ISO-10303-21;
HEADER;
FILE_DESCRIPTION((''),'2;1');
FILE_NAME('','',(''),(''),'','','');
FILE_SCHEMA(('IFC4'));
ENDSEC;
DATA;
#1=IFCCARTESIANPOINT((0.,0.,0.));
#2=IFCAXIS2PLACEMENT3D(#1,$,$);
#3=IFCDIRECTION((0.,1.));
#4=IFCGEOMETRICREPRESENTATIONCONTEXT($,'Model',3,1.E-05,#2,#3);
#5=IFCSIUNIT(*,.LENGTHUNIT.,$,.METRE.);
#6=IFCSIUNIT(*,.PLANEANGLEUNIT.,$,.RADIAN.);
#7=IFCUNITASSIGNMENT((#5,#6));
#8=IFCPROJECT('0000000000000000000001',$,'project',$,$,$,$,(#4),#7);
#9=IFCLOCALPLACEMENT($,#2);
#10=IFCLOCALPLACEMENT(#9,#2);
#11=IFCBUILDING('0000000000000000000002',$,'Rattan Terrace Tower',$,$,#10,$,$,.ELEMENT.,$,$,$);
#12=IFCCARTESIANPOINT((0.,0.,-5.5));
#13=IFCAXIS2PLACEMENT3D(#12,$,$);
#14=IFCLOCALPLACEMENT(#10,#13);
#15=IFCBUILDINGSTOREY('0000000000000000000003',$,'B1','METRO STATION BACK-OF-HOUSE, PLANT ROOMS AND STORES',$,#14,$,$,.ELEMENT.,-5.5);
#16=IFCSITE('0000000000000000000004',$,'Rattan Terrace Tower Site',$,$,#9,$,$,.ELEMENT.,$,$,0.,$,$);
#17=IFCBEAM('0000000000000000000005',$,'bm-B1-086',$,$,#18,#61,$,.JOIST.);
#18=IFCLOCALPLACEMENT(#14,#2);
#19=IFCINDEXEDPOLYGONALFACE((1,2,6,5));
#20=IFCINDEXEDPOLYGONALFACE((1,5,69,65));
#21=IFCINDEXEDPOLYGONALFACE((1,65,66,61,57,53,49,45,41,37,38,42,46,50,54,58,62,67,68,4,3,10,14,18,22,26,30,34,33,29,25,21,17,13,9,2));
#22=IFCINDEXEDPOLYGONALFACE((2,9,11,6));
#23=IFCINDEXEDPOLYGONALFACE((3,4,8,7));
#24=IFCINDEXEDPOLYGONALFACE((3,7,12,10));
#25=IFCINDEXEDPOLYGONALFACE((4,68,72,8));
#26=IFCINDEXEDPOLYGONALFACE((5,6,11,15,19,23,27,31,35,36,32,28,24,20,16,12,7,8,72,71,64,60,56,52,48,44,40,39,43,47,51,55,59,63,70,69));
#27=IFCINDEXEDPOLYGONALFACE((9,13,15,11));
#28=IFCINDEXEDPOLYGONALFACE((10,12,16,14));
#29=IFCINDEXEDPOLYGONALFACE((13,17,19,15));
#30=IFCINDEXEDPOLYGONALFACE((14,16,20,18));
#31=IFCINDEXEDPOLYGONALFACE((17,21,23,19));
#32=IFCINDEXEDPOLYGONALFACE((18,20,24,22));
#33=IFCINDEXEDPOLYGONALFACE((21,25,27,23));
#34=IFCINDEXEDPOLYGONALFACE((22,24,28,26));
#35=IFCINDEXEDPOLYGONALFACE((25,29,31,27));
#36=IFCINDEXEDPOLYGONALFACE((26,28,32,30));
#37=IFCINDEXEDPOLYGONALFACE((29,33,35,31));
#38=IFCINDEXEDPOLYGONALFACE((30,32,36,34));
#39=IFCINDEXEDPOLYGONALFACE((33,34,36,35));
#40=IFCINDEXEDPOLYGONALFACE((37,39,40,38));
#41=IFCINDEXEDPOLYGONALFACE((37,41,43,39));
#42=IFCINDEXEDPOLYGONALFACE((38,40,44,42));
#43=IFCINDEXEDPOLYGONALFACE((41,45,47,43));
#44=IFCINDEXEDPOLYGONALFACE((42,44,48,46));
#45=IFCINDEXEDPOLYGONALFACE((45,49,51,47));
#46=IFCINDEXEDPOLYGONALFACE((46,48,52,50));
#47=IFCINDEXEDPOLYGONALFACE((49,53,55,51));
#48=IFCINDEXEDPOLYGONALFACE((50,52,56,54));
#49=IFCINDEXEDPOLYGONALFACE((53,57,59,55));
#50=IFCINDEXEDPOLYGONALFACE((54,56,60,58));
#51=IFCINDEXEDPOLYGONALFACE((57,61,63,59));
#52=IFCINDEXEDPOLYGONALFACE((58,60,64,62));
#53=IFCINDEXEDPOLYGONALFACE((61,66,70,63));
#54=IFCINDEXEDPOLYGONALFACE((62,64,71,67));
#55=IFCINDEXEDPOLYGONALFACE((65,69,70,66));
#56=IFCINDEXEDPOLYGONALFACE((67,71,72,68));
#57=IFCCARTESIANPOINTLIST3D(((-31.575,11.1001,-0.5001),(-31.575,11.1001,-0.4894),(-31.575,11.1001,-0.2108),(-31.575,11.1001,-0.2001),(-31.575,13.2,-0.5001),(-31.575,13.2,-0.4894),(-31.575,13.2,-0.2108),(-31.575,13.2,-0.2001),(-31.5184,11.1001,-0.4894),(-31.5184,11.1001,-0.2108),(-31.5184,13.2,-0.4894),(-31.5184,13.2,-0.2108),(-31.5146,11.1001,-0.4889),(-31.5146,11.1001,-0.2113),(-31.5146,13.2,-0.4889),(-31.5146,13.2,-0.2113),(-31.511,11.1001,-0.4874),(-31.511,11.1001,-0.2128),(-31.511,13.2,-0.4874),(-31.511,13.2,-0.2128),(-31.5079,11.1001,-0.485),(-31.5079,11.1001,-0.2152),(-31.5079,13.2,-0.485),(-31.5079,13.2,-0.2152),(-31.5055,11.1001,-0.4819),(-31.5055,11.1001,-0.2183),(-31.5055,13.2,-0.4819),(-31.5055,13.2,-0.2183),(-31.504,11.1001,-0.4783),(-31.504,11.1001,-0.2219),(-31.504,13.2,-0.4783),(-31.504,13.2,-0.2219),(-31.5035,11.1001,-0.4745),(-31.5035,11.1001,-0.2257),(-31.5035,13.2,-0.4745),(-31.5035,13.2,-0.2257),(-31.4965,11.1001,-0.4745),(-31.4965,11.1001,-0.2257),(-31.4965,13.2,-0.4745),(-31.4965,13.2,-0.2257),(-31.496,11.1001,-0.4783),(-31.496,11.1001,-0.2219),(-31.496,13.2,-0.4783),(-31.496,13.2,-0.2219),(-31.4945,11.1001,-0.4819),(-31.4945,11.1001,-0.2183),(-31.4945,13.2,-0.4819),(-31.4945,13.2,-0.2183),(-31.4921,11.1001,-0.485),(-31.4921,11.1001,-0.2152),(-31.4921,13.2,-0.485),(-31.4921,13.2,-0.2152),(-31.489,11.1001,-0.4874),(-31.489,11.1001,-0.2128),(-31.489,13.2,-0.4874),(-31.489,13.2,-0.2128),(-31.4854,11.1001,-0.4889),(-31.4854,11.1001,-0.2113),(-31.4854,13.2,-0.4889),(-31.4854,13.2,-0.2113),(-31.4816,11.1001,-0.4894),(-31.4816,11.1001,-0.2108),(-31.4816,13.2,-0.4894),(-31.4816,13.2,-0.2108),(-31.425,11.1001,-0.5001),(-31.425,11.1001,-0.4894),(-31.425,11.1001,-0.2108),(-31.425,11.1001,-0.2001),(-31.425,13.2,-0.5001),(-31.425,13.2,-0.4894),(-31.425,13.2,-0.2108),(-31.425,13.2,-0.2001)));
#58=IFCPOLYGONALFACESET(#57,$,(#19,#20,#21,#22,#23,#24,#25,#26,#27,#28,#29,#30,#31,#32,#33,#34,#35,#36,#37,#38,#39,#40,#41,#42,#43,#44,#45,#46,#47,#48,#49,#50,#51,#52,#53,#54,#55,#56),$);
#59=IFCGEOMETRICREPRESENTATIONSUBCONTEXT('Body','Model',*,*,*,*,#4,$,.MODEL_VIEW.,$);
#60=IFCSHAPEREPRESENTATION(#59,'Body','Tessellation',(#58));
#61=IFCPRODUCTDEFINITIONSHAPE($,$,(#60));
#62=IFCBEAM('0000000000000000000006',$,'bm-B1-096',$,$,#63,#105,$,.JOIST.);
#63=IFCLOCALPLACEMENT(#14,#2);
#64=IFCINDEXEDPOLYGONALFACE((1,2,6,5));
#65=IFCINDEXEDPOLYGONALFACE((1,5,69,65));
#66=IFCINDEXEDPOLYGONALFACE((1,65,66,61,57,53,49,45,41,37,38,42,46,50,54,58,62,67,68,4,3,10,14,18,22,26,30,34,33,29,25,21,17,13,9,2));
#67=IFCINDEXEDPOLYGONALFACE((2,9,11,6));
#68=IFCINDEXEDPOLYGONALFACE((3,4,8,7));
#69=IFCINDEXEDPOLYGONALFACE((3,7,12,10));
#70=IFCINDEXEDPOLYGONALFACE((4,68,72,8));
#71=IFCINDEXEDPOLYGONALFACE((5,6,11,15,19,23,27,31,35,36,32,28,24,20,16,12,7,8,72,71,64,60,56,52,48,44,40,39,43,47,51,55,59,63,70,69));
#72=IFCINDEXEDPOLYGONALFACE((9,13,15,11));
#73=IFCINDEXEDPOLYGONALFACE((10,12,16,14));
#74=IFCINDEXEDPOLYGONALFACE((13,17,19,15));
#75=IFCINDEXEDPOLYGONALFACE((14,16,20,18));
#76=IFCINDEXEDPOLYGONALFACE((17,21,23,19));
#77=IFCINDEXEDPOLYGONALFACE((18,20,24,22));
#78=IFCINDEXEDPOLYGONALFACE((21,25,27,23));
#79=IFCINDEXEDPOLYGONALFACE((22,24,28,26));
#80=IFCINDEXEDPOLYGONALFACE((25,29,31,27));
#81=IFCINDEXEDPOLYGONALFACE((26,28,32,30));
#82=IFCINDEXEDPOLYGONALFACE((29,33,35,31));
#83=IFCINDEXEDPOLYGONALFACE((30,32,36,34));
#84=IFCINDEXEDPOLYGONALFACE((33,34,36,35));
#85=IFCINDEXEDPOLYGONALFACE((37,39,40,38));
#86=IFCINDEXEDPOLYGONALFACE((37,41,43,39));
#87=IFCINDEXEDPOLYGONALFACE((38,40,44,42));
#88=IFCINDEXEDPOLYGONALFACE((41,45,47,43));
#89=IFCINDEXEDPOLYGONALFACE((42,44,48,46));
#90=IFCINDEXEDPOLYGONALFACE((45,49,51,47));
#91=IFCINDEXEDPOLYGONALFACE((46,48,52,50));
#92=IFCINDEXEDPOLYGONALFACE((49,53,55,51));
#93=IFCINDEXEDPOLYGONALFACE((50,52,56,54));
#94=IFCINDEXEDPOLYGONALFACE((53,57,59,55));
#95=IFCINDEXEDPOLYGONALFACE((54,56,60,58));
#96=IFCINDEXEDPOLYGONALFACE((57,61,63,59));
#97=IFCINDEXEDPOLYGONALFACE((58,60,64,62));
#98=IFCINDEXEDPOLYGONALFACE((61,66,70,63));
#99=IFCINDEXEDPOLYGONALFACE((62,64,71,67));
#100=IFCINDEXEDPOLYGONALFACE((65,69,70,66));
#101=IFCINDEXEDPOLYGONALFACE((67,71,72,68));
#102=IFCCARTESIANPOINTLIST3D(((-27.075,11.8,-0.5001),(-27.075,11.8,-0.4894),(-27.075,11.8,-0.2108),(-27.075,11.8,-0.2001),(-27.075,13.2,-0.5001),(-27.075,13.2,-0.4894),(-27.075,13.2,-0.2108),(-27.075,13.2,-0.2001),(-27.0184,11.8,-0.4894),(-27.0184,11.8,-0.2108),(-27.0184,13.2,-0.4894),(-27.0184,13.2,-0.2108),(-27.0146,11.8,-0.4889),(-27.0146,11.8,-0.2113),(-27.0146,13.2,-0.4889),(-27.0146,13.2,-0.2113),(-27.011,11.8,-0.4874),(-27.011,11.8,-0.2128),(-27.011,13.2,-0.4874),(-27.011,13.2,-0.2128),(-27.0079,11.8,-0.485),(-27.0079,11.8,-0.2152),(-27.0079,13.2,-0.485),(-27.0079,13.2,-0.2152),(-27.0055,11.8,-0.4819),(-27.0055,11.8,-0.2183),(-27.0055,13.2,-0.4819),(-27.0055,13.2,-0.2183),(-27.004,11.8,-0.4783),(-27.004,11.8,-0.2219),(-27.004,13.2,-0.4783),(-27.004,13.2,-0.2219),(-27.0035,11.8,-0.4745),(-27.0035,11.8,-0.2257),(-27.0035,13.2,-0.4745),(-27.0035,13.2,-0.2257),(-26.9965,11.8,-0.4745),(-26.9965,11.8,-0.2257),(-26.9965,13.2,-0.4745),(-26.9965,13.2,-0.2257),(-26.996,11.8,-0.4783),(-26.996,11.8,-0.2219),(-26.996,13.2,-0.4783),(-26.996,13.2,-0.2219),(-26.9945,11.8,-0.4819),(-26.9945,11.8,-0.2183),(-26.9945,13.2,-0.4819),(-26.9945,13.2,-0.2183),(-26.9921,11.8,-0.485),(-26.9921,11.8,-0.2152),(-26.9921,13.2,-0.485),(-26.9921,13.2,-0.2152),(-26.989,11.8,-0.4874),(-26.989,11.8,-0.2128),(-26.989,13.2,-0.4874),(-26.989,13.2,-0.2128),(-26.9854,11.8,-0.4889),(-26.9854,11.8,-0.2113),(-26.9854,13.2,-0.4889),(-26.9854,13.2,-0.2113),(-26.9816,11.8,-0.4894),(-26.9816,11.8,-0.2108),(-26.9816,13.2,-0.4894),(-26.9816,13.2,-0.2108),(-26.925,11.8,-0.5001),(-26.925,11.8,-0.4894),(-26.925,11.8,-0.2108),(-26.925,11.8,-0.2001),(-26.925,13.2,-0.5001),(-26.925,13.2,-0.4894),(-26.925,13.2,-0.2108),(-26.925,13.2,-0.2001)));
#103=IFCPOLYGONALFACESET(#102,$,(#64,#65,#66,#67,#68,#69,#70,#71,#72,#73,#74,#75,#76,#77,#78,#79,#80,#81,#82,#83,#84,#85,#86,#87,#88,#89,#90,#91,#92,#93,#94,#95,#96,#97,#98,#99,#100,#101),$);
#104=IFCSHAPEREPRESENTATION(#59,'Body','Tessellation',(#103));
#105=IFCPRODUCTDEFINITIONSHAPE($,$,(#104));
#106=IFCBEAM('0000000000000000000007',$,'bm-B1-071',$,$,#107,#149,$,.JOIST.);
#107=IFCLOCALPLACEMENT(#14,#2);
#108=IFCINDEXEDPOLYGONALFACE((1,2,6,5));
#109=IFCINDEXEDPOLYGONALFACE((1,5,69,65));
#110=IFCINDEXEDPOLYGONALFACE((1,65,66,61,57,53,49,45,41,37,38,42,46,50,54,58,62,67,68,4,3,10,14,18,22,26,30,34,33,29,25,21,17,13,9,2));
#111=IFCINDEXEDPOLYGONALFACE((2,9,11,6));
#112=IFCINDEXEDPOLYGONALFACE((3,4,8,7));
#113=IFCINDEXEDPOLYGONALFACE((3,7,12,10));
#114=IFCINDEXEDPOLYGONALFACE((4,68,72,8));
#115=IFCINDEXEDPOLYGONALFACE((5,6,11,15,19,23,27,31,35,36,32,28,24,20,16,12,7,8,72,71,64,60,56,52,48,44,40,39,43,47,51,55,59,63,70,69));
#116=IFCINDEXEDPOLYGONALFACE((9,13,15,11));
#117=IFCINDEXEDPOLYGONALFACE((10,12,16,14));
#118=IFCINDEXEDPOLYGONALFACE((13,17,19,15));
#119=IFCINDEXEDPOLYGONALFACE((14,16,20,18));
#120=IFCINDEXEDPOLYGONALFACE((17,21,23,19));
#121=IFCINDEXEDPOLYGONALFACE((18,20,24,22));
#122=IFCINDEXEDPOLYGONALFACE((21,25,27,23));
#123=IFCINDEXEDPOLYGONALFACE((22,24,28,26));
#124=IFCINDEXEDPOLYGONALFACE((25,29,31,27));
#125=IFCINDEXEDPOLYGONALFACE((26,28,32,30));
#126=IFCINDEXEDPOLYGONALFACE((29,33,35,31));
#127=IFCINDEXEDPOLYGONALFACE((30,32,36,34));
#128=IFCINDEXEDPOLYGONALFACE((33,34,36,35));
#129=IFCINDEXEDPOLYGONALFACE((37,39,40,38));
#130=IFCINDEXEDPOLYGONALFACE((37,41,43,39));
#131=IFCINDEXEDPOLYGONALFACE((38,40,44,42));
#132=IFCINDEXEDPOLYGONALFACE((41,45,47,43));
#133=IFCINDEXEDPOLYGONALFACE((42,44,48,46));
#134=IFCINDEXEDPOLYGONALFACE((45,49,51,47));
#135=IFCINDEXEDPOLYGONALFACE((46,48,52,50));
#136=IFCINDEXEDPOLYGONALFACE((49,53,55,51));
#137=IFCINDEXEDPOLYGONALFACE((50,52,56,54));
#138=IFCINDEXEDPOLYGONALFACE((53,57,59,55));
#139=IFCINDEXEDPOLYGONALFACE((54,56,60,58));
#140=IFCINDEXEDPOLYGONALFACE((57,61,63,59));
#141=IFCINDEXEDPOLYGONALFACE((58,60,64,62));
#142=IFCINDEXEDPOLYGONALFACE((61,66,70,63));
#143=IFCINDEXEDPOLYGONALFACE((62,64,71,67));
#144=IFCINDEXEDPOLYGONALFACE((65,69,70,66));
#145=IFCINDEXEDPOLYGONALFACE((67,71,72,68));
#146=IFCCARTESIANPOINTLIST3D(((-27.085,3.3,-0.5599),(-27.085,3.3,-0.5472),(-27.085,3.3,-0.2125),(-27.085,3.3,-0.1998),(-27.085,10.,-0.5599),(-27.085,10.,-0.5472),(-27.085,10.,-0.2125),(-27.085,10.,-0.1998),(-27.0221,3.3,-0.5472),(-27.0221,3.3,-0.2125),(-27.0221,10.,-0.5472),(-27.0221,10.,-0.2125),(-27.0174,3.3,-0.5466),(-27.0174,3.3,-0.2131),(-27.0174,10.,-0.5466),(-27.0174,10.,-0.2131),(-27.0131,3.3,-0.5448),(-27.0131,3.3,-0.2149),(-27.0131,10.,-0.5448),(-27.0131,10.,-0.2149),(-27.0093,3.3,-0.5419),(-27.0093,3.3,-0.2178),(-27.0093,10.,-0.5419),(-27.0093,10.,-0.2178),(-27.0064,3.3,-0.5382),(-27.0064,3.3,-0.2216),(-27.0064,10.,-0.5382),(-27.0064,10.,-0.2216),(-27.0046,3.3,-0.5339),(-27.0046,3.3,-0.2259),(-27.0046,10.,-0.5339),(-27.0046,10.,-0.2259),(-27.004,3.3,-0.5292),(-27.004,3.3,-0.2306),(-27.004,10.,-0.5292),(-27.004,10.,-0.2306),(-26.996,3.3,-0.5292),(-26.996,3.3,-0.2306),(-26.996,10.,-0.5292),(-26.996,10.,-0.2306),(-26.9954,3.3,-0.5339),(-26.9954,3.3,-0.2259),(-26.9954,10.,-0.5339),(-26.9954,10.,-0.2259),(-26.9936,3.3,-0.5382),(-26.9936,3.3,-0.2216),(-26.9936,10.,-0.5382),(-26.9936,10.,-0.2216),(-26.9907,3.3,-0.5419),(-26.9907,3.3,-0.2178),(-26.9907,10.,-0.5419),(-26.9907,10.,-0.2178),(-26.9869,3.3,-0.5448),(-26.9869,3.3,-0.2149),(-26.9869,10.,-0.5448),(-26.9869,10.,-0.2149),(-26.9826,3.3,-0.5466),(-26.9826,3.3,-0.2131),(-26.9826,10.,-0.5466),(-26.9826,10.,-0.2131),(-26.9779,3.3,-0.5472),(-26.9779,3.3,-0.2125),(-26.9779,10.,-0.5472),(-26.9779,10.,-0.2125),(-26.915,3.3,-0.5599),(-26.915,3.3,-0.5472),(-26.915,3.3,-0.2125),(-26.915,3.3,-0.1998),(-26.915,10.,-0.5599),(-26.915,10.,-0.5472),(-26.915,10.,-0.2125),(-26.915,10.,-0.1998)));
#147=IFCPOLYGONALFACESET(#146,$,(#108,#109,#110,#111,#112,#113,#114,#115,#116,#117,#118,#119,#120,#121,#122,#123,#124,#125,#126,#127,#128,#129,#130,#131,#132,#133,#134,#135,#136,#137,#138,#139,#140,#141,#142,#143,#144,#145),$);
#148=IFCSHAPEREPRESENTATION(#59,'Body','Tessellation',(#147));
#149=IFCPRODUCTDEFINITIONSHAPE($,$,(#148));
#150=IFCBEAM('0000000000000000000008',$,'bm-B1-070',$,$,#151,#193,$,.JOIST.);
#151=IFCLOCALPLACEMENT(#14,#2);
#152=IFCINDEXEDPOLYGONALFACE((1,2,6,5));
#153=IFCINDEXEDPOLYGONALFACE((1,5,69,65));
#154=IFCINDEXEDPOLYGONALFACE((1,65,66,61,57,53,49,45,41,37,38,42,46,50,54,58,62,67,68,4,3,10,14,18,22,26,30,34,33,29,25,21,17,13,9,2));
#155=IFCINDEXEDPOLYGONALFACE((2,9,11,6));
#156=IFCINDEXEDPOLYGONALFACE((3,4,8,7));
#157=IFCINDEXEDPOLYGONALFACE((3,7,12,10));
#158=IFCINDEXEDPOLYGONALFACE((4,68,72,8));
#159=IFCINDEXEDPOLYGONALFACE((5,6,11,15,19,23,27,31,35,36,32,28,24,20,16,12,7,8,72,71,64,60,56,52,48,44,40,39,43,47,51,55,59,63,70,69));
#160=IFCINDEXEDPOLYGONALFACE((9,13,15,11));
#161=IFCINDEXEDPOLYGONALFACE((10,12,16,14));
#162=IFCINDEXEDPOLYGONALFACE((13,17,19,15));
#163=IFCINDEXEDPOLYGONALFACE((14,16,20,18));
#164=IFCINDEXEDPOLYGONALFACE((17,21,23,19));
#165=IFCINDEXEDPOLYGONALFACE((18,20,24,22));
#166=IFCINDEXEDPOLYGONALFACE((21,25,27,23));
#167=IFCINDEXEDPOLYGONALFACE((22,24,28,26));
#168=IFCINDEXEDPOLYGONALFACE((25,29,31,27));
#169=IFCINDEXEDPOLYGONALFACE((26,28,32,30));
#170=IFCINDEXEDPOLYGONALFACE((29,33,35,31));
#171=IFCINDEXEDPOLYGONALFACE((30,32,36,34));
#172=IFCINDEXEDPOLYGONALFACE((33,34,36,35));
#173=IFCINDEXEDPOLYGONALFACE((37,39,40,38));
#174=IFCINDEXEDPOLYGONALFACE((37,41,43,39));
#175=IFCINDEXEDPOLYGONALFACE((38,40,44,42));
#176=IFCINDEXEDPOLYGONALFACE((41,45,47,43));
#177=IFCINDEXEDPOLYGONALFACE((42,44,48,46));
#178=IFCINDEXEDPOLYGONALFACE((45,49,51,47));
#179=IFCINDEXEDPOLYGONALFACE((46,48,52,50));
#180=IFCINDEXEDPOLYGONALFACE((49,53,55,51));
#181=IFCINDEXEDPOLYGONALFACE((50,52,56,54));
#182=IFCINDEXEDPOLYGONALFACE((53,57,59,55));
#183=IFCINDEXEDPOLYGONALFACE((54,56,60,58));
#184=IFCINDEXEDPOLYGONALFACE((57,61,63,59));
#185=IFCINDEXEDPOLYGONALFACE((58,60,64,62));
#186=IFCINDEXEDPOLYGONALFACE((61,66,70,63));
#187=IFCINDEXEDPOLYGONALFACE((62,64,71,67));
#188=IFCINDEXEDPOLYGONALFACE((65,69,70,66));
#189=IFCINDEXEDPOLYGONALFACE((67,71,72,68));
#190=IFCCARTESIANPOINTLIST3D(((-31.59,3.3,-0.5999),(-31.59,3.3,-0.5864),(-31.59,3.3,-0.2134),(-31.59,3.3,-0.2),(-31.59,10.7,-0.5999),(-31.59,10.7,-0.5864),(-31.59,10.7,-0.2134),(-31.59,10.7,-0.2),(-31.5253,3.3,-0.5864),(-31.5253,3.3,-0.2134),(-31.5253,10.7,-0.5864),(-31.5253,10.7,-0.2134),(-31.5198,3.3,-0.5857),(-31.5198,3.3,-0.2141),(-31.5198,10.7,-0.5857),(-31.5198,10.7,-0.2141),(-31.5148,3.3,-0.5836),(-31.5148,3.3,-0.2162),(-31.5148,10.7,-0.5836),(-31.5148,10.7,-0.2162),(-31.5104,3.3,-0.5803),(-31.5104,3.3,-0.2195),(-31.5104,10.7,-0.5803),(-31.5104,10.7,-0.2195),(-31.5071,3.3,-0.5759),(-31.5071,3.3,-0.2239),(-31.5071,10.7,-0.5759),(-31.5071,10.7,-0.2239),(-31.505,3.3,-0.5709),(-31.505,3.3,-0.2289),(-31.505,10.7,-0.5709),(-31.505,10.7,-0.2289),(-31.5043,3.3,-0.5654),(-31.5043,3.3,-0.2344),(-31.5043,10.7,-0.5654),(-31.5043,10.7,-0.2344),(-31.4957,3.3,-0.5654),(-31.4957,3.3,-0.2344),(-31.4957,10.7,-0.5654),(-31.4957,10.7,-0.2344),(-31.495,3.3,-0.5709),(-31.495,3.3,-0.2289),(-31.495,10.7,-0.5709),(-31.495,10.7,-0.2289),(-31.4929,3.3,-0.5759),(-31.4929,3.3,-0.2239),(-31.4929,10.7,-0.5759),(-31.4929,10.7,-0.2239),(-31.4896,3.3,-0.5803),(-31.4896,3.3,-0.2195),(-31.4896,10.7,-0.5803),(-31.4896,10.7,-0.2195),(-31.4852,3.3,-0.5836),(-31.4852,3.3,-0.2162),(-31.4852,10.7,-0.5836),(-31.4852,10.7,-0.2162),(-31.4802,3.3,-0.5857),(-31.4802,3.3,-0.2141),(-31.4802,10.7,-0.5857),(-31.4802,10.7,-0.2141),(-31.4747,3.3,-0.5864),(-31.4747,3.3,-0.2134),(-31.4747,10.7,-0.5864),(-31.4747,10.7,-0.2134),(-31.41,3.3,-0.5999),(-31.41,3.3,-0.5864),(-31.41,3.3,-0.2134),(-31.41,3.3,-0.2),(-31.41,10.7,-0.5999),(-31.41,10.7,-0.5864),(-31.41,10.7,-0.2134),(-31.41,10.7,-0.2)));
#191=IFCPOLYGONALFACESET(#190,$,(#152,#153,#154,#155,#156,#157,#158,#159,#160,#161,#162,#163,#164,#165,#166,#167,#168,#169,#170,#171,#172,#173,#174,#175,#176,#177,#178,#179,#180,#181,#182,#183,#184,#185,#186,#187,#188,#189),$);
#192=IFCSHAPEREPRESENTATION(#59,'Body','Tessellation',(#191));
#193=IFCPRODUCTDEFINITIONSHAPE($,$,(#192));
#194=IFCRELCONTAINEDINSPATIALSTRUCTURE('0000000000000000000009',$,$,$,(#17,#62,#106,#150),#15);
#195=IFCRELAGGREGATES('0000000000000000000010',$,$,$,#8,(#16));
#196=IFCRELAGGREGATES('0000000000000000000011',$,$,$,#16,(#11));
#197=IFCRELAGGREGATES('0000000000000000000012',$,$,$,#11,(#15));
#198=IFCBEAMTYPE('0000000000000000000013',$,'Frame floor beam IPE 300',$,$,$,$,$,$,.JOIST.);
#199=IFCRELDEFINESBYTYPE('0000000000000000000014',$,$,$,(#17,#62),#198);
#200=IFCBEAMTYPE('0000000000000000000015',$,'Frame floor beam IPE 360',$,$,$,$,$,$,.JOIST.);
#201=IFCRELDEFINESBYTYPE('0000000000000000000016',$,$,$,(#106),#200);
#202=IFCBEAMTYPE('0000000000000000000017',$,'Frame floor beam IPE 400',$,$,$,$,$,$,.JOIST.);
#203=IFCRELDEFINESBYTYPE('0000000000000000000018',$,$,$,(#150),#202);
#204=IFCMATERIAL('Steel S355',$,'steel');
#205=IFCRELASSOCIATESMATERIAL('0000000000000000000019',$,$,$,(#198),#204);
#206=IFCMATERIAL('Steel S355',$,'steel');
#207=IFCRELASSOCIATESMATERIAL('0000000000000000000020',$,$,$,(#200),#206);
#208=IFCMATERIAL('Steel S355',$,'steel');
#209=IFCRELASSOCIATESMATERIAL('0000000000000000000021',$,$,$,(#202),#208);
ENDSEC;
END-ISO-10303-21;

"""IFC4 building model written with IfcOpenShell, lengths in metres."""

from ifc_helpers import new_model, si_unit, direction, frame, origin, origin_2d, place, context, subcontext, project, spatial, i_section, extrude, material, material_profile, profile_set, type_object, element, save


model = new_model("IFC4")

# Units and contexts
model_context = context("Model", 3, precision=1e-05, world=origin(), true_north=direction((0.0, 1.0)))
body_context = subcontext(model_context, "Body", "Model", "MODEL_VIEW")
ifc_project = project(units=[si_unit("LENGTHUNIT", "METRE"), si_unit("PLANEANGLEUNIT", "RADIAN")], contexts=[model_context])

# Site, building, storey
site_placement = place(None, origin())
site = spatial("IfcSite", under=ifc_project, at=site_placement, Name="Rattan Terrace Tower Site", CompositionType="ELEMENT", RefElevation=0.0)
building_placement = place(site_placement, origin())
building = spatial("IfcBuilding", under=site, at=building_placement, Name="Rattan Terrace Tower", CompositionType="ELEMENT")
storey_placement = place(building_placement, frame((0.0, 0.0, -5.5)))
storey = spatial("IfcBuildingStorey", under=building, at=storey_placement, Name="B1", Description="METRO STATION BACK-OF-HOUSE, PLANT ROOMS AND STORES", CompositionType="ELEMENT", Elevation=-5.5)

# Beams
ifc_material_1 = material(Name="Steel S355", Category="steel")
ifc_material_profile_1 = material_profile(ifc_material_1, i_section(OverallWidth=0.1499, OverallDepth=0.3, WebThickness=0.0071, FlangeThickness=0.0107, FilletRadius=0.0149, at=origin_2d()), Name="IPE 300")
ifc_profile_set_1 = profile_set([ifc_material_profile_1], Name="Steel S355")
beam_type_1 = type_object("IfcBeamType", Name="Frame floor beam IPE 300", PredefinedType="JOIST", material=ifc_profile_set_1)
beam_1_placement = place(storey_placement, frame((-31.5, 11.1001, -0.3501), z_axis=(0.0, 1.0, 0.0), x_axis=(-1.0, 0.0, 0.0)))
element("IfcBeam", 1, at=beam_1_placement, inside=storey, type_object=beam_type_1, Name="bm-B1-086", PredefinedType="JOIST", context=body_context, shape_type="SweptSolid", body=[
    extrude(i_section(OverallWidth=0.1499, OverallDepth=0.3, WebThickness=0.0071, FlangeThickness=0.0107, FilletRadius=0.0149, at=origin_2d()), origin(), (0.0, 0.0, 1.0), 2.0999),
])
beam_2_placement = place(storey_placement, frame((-27.0, 11.8, -0.3501), z_axis=(0.0, 1.0, 0.0), x_axis=(-1.0, 0.0, 0.0)))
element("IfcBeam", 2, at=beam_2_placement, inside=storey, type_object=beam_type_1, Name="bm-B1-096", PredefinedType="JOIST", context=body_context, shape_type="SweptSolid", body=[
    extrude(i_section(OverallWidth=0.1499, OverallDepth=0.3, WebThickness=0.0071, FlangeThickness=0.0107, FilletRadius=0.0149, at=origin_2d()), origin(), (0.0, 0.0, 1.0), 1.3999),
])
ifc_material_2 = material(Name="Steel S355", Category="steel")
ifc_material_profile_2 = material_profile(ifc_material_2, i_section(OverallWidth=0.1699, OverallDepth=0.3601, WebThickness=0.0081, FlangeThickness=0.0127, FilletRadius=0.0181, at=origin_2d()), Name="IPE 360")
ifc_profile_set_2 = profile_set([ifc_material_profile_2], Name="Steel S355")
beam_type_2 = type_object("IfcBeamType", Name="Frame floor beam IPE 360", PredefinedType="JOIST", material=ifc_profile_set_2)
beam_3_placement = place(storey_placement, frame((-27.0, 3.3, -0.3799), z_axis=(0.0, 1.0, 0.0), x_axis=(-1.0, 0.0, 0.0)))
element("IfcBeam", 3, at=beam_3_placement, inside=storey, type_object=beam_type_2, Name="bm-B1-071", PredefinedType="JOIST", context=body_context, shape_type="SweptSolid", body=[
    extrude(i_section(OverallWidth=0.1699, OverallDepth=0.3601, WebThickness=0.0081, FlangeThickness=0.0127, FilletRadius=0.0181, at=origin_2d()), origin(), (0.0, 0.0, 1.0), 6.7),
])
ifc_material_3 = material(Name="Steel S355", Category="steel")
ifc_material_profile_3 = material_profile(ifc_material_3, i_section(OverallWidth=0.1799, OverallDepth=0.3999, WebThickness=0.0085, FlangeThickness=0.0134, FilletRadius=0.021, at=origin_2d()), Name="IPE 400")
ifc_profile_set_3 = profile_set([ifc_material_profile_3], Name="Steel S355")
beam_type_3 = type_object("IfcBeamType", Name="Frame floor beam IPE 400", PredefinedType="JOIST", material=ifc_profile_set_3)
beam_4_placement = place(storey_placement, frame((-31.5, 3.3, -0.3999), z_axis=(0.0, 1.0, 0.0), x_axis=(-1.0, 0.0, 0.0)))
element("IfcBeam", 4, at=beam_4_placement, inside=storey, type_object=beam_type_3, Name="bm-B1-070", PredefinedType="JOIST", context=body_context, shape_type="SweptSolid", body=[
    extrude(i_section(OverallWidth=0.1799, OverallDepth=0.3999, WebThickness=0.0085, FlangeThickness=0.0134, FilletRadius=0.021, at=origin_2d()), origin(), (0.0, 0.0, 1.0), 7.3999),
])

save(model, "model.ifc")
